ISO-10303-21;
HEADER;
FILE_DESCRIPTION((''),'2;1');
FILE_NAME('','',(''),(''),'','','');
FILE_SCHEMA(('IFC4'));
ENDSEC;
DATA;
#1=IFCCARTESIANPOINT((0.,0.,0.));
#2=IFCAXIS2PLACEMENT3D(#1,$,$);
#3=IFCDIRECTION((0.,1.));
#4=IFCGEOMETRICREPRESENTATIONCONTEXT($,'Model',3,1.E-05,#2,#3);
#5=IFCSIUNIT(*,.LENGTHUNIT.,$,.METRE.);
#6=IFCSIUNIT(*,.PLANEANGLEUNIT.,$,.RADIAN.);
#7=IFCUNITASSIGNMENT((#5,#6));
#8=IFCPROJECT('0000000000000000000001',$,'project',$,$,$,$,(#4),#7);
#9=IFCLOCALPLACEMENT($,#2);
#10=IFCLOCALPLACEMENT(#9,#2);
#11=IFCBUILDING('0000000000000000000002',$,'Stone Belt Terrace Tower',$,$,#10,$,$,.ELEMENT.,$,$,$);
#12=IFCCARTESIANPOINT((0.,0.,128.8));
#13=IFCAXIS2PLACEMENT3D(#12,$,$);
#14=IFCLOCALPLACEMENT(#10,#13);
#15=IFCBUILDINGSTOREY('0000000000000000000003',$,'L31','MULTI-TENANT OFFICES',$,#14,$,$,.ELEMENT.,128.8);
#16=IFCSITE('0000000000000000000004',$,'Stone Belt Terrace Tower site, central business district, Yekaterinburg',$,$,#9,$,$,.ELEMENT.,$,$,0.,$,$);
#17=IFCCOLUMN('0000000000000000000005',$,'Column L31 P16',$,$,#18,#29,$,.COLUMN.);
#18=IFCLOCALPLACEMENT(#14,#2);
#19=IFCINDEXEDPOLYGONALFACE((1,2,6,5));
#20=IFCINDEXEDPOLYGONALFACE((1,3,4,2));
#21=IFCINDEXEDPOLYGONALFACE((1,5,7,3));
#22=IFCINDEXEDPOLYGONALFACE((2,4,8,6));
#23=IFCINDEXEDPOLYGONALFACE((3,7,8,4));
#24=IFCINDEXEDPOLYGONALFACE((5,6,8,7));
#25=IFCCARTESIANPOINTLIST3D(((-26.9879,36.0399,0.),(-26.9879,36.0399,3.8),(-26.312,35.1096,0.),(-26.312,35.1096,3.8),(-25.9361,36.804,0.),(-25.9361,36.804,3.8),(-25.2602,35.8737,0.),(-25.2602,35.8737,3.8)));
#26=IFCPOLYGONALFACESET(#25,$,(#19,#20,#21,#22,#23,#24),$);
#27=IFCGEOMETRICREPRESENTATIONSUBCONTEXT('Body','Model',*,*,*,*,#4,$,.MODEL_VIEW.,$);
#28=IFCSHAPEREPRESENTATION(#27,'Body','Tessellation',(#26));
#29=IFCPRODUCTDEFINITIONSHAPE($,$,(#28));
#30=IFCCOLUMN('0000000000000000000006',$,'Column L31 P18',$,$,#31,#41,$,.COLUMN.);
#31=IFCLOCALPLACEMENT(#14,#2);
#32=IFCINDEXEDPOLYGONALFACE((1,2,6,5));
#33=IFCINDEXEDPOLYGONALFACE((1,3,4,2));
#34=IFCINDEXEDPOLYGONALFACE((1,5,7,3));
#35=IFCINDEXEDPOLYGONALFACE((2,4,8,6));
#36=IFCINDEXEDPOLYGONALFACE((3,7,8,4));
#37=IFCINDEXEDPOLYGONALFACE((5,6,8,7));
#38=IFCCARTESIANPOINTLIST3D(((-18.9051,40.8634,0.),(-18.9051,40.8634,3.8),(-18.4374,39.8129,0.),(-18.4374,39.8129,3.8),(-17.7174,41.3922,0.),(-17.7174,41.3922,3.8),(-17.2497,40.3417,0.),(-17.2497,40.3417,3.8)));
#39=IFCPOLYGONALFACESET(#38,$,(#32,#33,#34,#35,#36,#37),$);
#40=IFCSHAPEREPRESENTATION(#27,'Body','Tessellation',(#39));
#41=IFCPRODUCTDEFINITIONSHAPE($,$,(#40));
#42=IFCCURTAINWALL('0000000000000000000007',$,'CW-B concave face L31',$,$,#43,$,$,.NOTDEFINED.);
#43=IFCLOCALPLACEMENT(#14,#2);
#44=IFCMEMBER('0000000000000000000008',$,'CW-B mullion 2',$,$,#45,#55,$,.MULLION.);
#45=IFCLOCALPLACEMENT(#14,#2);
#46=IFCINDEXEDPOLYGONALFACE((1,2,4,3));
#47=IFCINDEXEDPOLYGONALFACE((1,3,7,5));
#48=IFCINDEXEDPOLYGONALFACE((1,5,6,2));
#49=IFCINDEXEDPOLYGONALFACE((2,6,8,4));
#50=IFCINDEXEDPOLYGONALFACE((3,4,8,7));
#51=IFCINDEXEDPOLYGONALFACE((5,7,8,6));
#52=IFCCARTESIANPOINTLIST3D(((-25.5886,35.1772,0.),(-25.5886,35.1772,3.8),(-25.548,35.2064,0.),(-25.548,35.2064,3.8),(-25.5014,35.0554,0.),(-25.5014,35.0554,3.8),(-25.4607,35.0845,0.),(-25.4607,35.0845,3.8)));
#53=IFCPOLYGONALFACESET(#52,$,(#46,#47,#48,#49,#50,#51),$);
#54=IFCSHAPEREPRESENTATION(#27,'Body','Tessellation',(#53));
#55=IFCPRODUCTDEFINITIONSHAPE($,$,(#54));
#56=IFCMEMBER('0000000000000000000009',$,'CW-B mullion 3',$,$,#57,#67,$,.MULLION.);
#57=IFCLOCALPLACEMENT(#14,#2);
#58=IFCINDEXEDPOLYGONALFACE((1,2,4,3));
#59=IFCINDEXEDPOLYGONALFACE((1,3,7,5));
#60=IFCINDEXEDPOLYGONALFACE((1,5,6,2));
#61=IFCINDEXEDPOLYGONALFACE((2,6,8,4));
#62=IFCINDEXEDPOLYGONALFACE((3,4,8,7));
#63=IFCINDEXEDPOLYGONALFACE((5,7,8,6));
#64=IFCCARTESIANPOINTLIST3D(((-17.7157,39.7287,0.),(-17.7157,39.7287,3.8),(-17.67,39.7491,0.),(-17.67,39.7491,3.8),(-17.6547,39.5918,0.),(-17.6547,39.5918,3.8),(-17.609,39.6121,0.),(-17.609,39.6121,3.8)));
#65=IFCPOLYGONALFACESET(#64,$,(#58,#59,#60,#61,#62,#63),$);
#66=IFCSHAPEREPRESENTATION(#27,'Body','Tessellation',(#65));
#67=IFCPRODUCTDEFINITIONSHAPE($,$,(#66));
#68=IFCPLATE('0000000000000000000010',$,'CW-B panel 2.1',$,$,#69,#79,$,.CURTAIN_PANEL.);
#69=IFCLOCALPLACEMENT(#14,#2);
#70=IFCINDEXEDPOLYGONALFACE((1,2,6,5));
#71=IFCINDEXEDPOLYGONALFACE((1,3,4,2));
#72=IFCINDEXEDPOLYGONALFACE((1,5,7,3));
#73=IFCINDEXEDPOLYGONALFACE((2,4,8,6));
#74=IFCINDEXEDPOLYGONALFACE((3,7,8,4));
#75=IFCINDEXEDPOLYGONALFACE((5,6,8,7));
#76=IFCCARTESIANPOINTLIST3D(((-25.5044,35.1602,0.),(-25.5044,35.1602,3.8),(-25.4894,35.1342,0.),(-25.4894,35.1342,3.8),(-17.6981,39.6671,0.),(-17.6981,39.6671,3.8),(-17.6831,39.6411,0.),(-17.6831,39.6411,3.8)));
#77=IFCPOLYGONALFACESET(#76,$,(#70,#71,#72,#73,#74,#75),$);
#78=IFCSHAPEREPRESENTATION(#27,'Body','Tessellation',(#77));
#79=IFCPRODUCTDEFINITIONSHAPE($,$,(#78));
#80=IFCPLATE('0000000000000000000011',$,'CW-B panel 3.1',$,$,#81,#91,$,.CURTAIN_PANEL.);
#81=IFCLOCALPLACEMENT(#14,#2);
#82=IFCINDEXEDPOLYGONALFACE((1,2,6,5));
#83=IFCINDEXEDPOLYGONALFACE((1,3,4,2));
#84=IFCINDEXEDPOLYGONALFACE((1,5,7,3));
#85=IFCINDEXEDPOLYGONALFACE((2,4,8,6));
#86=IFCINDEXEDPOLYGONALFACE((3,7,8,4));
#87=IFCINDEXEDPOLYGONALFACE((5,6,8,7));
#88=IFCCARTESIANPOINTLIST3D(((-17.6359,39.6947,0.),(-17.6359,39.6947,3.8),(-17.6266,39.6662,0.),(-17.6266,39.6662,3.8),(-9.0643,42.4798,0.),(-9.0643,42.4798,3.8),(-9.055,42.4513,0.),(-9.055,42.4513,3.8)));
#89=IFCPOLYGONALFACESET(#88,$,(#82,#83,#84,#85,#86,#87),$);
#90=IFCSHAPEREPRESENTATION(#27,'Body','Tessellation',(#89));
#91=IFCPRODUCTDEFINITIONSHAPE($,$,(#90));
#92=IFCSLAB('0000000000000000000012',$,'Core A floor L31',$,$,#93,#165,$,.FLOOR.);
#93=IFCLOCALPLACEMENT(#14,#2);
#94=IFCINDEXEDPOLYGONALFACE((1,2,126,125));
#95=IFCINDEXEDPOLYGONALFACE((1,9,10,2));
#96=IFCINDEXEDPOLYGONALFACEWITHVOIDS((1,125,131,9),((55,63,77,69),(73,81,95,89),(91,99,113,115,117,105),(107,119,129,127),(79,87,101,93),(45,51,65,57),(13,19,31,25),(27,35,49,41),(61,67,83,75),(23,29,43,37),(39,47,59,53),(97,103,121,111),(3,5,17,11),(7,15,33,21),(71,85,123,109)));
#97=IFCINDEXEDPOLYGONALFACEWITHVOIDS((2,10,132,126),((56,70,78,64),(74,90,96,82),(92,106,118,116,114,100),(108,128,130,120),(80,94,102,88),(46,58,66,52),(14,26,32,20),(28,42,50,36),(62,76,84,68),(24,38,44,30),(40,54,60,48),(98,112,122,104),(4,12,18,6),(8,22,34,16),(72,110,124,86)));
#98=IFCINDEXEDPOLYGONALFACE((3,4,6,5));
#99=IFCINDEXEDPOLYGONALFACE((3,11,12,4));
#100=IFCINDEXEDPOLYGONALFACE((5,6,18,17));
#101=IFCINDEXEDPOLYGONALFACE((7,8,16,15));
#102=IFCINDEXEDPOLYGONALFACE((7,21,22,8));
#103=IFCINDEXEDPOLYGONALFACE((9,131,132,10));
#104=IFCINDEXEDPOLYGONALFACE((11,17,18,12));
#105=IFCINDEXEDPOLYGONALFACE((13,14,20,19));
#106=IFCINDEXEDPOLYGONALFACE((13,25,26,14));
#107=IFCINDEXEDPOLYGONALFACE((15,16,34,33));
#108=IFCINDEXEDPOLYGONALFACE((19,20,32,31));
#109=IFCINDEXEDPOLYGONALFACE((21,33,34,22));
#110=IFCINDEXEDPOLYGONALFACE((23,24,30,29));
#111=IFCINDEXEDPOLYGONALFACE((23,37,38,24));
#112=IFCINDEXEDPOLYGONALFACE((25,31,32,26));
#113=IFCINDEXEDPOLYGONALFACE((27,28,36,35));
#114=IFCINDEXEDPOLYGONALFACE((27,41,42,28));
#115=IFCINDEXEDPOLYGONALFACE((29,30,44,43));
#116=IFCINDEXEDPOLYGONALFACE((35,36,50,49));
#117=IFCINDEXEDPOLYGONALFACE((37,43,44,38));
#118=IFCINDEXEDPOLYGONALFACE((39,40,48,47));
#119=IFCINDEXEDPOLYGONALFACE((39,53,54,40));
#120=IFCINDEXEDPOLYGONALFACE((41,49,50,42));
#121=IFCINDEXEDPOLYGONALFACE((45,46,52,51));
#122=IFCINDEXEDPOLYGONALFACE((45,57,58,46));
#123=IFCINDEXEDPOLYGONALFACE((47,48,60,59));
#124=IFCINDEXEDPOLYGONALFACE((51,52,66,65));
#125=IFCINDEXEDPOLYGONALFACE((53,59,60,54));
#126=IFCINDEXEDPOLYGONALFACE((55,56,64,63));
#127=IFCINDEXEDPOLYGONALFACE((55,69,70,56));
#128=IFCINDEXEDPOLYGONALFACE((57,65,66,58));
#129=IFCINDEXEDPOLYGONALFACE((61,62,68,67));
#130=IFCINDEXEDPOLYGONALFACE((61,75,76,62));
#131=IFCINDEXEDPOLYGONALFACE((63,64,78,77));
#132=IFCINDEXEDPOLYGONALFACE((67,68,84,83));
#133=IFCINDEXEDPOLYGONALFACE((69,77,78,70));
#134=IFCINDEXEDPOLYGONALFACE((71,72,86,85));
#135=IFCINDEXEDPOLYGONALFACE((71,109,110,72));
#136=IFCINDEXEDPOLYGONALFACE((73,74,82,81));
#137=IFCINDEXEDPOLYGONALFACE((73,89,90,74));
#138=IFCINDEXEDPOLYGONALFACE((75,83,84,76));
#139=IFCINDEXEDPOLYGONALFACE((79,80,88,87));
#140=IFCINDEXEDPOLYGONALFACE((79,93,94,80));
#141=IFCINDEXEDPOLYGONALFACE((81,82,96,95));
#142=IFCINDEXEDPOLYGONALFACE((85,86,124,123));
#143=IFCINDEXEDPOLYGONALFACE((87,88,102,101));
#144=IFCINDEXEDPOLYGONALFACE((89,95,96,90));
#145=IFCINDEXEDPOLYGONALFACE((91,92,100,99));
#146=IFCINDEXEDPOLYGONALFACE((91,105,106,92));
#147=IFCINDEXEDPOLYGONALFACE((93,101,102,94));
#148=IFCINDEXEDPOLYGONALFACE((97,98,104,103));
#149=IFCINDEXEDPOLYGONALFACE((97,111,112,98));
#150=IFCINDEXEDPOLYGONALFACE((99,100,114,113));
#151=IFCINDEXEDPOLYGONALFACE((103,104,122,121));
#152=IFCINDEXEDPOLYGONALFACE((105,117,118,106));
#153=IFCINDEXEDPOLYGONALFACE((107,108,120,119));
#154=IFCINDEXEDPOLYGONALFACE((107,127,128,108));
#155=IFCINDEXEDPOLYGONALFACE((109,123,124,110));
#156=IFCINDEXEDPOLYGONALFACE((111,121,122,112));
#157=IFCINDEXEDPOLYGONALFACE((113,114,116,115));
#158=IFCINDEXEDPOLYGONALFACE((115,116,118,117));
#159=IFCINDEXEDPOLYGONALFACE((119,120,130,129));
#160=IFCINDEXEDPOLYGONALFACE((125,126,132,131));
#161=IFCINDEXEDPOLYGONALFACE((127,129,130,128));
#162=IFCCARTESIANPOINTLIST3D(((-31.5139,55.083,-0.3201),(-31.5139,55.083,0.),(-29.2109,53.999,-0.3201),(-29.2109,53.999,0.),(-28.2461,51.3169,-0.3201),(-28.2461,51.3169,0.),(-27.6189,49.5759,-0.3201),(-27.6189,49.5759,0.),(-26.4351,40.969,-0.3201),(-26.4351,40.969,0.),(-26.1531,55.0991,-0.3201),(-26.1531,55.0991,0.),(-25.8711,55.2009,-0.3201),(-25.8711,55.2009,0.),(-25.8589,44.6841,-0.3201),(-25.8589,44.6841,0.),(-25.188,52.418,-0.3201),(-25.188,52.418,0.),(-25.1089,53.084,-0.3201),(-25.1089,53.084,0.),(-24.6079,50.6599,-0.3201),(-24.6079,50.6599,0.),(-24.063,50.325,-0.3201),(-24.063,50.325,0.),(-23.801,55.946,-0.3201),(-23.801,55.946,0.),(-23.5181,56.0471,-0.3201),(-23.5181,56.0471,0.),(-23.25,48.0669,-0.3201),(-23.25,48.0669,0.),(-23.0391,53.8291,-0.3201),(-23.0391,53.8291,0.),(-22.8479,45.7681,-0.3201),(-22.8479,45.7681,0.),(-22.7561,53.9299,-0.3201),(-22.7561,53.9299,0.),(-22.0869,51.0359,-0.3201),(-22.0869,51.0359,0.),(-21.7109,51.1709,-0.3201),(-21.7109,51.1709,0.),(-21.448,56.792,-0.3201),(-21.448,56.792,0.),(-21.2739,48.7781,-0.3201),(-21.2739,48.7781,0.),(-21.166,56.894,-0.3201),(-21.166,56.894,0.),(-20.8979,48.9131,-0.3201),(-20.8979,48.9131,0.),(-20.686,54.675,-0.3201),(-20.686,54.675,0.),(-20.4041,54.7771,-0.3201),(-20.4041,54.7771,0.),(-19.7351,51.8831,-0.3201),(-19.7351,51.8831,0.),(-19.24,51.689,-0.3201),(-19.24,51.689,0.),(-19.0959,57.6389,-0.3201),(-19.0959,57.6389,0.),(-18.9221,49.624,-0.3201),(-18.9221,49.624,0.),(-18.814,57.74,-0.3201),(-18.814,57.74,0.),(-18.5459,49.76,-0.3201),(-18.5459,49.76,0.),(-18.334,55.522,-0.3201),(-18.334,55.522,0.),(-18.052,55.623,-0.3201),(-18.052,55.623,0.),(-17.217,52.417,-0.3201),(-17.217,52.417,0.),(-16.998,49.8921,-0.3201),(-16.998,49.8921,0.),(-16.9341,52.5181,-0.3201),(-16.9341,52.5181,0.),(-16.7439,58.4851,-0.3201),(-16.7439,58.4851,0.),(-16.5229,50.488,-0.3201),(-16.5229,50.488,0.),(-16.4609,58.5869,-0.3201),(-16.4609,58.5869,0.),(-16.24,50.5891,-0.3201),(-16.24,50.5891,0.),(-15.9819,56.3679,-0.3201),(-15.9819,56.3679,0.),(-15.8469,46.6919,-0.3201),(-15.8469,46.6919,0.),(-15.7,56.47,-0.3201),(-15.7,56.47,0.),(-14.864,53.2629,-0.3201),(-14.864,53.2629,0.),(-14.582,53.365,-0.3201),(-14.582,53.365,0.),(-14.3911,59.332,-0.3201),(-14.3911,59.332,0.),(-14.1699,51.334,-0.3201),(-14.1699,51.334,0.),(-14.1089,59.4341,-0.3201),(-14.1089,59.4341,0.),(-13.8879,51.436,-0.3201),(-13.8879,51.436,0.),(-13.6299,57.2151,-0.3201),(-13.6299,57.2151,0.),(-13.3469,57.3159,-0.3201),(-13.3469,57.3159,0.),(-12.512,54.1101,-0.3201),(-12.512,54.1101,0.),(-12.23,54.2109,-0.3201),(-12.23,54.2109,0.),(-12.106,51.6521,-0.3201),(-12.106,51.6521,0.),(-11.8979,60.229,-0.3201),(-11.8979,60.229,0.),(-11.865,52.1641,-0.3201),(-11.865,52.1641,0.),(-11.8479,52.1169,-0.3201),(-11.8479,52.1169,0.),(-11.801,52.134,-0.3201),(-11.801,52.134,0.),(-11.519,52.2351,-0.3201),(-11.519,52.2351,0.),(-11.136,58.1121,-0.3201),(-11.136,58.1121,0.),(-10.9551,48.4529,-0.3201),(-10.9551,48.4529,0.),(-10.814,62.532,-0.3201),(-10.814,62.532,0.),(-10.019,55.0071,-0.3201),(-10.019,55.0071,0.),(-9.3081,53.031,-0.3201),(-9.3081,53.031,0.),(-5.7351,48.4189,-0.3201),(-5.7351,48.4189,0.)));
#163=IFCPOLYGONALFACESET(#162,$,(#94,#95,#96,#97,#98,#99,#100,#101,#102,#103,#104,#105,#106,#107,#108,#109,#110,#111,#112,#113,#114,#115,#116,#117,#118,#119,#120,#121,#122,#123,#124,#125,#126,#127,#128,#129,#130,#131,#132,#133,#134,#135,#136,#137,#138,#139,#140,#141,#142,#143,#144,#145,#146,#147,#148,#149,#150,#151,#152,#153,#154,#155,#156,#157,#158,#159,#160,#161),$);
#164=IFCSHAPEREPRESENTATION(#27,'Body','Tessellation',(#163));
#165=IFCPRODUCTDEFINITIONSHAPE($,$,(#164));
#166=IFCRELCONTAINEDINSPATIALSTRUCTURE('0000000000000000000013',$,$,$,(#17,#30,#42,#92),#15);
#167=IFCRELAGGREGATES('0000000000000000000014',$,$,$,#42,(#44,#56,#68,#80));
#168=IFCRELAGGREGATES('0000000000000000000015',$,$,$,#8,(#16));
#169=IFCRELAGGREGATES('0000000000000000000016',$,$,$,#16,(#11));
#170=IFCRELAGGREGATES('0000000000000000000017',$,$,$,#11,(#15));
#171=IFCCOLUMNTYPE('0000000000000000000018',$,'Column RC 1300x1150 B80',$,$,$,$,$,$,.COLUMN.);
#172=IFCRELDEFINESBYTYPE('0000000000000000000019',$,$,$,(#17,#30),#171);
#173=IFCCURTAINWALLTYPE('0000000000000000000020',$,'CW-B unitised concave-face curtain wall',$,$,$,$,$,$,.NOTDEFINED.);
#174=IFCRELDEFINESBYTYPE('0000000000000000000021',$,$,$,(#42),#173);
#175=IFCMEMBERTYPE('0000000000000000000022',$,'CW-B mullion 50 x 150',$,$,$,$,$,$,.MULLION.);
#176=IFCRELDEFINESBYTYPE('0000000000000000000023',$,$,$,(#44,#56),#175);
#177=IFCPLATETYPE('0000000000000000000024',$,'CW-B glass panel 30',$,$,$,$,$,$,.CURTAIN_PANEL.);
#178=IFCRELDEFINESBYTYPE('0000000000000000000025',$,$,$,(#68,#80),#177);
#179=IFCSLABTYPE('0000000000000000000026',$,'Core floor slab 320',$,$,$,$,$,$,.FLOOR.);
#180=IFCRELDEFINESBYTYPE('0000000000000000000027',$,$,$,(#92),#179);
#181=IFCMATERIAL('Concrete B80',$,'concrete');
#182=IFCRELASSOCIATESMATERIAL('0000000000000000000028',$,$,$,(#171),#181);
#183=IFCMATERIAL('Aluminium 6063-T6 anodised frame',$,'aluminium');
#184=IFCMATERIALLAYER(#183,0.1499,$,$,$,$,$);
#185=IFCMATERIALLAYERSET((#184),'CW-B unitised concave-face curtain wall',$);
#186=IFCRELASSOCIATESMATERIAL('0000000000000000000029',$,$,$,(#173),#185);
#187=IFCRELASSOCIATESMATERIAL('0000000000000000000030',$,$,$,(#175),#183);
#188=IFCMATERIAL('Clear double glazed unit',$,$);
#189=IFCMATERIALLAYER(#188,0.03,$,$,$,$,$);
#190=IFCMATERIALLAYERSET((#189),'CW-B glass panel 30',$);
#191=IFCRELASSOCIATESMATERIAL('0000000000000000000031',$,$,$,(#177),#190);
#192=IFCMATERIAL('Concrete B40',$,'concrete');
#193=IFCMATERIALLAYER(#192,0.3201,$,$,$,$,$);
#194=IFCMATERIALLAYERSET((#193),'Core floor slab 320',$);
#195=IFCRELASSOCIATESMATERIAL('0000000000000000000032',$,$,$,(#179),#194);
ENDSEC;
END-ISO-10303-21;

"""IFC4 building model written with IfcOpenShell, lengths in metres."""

from ifc_helpers import new_model, si_unit, direction, frame, origin, origin_2d, place, context, subcontext, project, spatial, polyline, rectangle, outline, extrude, material, layer, layer_set, material_profile, profile_set, type_object, element, aggregate, save


model = new_model("IFC4")

# Units and contexts
model_context = context("Model", 3, precision=1e-05, world=origin(), true_north=direction((0.0, 1.0)))
body_context = subcontext(model_context, "Body", "Model", "MODEL_VIEW")
ifc_project = project(units=[si_unit("LENGTHUNIT", "METRE"), si_unit("PLANEANGLEUNIT", "RADIAN")], contexts=[model_context])

# Site, building, storey
site_placement = place(None, origin())
site = spatial("IfcSite", under=ifc_project, at=site_placement, Name="Stone Belt Terrace Tower site, central business district, Yekaterinburg", CompositionType="ELEMENT", RefElevation=0.0)
building_placement = place(site_placement, origin())
building = spatial("IfcBuilding", under=site, at=building_placement, Name="Stone Belt Terrace Tower", CompositionType="ELEMENT")
storey_placement = place(building_placement, frame((0.0, 0.0, 128.8)))
storey = spatial("IfcBuildingStorey", under=building, at=storey_placement, Name="L31", Description="MULTI-TENANT OFFICES", CompositionType="ELEMENT", Elevation=128.8)

# Columns
ifc_material_1 = material(Name="Concrete B80", Category="concrete")
ifc_material_profile_1 = material_profile(ifc_material_1, rectangle(XDim=1.3, YDim=1.1499, at=origin_2d()), Name="RC 1300x1150")
ifc_profile_set_1 = profile_set([ifc_material_profile_1], Name="Concrete B80")
column_type = type_object("IfcColumnType", Name="Column RC 1300x1150 B80", PredefinedType="COLUMN", material=ifc_profile_set_1)
for number, where, z_axis, x_axis, name in (
    (1, (-26.124, 35.9568, 0.0), (0.0, 0.0, 1.0), (0.809017, 0.587785, 0.0), "Column L31 P16"),
    (2, (-18.0774, 40.6025, 0.0), (0.0, 0.0, 1.0), (0.913545, 0.406737, 0.0), "Column L31 P18"),
):
    element("IfcColumn", number, at=place(storey_placement, frame(where, z_axis=z_axis, x_axis=x_axis)), inside=storey, type_object=column_type, Name=name, PredefinedType="COLUMN", context=body_context, shape_type="SweptSolid", body=[
        extrude(rectangle(XDim=1.3, YDim=1.1499, at=origin_2d()), origin(), (0.0, 0.0, 1.0), 3.8),
    ])

# Curtain wall, members, plates
ifc_material_2 = material(Name="Aluminium 6063-T6 anodised frame", Category="aluminium")
ifc_layer_1 = layer(ifc_material_2, 0.1499)
ifc_layer_set_1 = layer_set([ifc_layer_1], Name="CW-B unitised concave-face curtain wall")
curtain_wall_type = type_object("IfcCurtainWallType", Name="CW-B unitised concave-face curtain wall", PredefinedType="NOTDEFINED", material=ifc_layer_set_1)
curtain_wall_placement = place(storey_placement, origin())
curtain_wall = element("IfcCurtainWall", 3, at=curtain_wall_placement, inside=storey, type_object=curtain_wall_type, Name="CW-B concave face L31", PredefinedType="NOTDEFINED")
ifc_material_profile_2 = material_profile(ifc_material_2, rectangle(XDim=0.1499, YDim=0.05, at=origin_2d()), Name="Aluminium 6063-T6 50x150")
ifc_profile_set_2 = profile_set([ifc_material_profile_2], Name="Aluminium 6063-T6 anodised frame")
member_type = type_object("IfcMemberType", Name="CW-B mullion 50 x 150", PredefinedType="MULLION", material=ifc_profile_set_2)
member_1_placement = place(storey_placement, frame((-25.5247, 35.1309, 0.0), z_axis=(0.0, 0.0, 1.0), x_axis=(-0.582342, 0.812944, 0.0)))
member_1 = element("IfcMember", 4, at=member_1_placement, type_object=member_type, Name="CW-B mullion 2", PredefinedType="MULLION", context=body_context, shape_type="SweptSolid", body=[
    extrude(rectangle(XDim=0.1499, YDim=0.05, at=origin_2d()), origin(), (0.0, 0.0, 1.0), 3.8),
])
member_2_placement = place(storey_placement, frame((-17.6624, 39.6704, 0.0), z_axis=(0.0, 0.0, 1.0), x_axis=(-0.406737, 0.913545, 0.0)))
member_2 = element("IfcMember", 5, at=member_2_placement, type_object=member_type, Name="CW-B mullion 3", PredefinedType="MULLION", context=body_context, shape_type="SweptSolid", body=[
    extrude(rectangle(XDim=0.1499, YDim=0.05, at=origin_2d()), origin(), (0.0, 0.0, 1.0), 3.8),
])
ifc_material_3 = material(Name="Clear double glazed unit")
ifc_layer_2 = layer(ifc_material_3, 0.03)
ifc_layer_set_2 = layer_set([ifc_layer_2], Name="CW-B glass panel 30")
plate_type = type_object("IfcPlateType", Name="CW-B glass panel 30", PredefinedType="CURTAIN_PANEL", material=ifc_layer_set_2)
plate_1_placement = place(storey_placement, frame((-21.5938, 37.4006, 0.0), z_axis=(0.0, 0.0, 1.0), x_axis=(0.866025, 0.5, 0.0)))
plate_1 = element("IfcPlate", 6, at=plate_1_placement, type_object=plate_type, Name="CW-B panel 2.1", PredefinedType="CURTAIN_PANEL", context=body_context, shape_type="SweptSolid", body=[
    extrude(rectangle(XDim=9.0139, YDim=0.03, at=origin_2d()), origin(), (0.0, 0.0, 1.0), 3.8),
])
plate_2_placement = place(storey_placement, frame((-13.3455, 41.073, 0.0), z_axis=(0.0, 0.0, 1.0), x_axis=(0.951057, 0.309017, 0.0)))
plate_2 = element("IfcPlate", 7, at=plate_2_placement, type_object=plate_type, Name="CW-B panel 3.1", PredefinedType="CURTAIN_PANEL", context=body_context, shape_type="SweptSolid", body=[
    extrude(rectangle(XDim=9.0127, YDim=0.03, at=origin_2d()), origin(), (0.0, 0.0, 1.0), 3.8),
])
aggregate(curtain_wall, [member_1, member_2, plate_1, plate_2])

# Slab
ifc_material_4 = material(Name="Concrete B40", Category="concrete")
ifc_layer_3 = layer(ifc_material_4, 0.3201)
ifc_layer_set_3 = layer_set([ifc_layer_3], Name="Core floor slab 320")
slab_type_1 = type_object("IfcSlabType", Name="Core floor slab 320", PredefinedType="FLOOR", material=ifc_layer_set_3)
slab_1_placement = place(storey_placement, frame((0.0, 0.0, -0.3201)))
element("IfcSlab", 8, at=slab_1_placement, inside=storey, type_object=slab_type_1, Name="Core A floor L31", PredefinedType="FLOOR", context=body_context, shape_type="SweptSolid", body=[
    extrude(outline(polyline([(-26.4351, 40.969), (-5.7351, 48.4189), (-10.814, 62.532), (-31.5139, 55.083), (-26.4351, 40.969)]), holes=[polyline([(-24.6079, 50.6599), (-22.8479, 45.7681), (-25.8589, 44.6841), (-27.6189, 49.5759), (-24.6079, 50.6599)]), polyline([(-21.2739, 48.7781), (-23.25, 48.0669), (-24.063, 50.325), (-22.0869, 51.0359), (-21.2739, 48.7781)]), polyline([(-18.9221, 49.624), (-20.8979, 48.9131), (-21.7109, 51.1709), (-19.7351, 51.8831), (-18.9221, 49.624)]), polyline([(-19.24, 51.689), (-17.217, 52.417), (-16.5229, 50.488), (-18.5459, 49.76), (-19.24, 51.689)]), polyline([(-29.2109, 53.999), (-26.1531, 55.0991), (-25.188, 52.418), (-28.2461, 51.3169), (-29.2109, 53.999)]), polyline([(-23.801, 55.946), (-23.0391, 53.8291), (-25.1089, 53.084), (-25.8711, 55.2009), (-23.801, 55.946)]), polyline([(-21.448, 56.792), (-20.686, 54.675), (-22.7561, 53.9299), (-23.5181, 56.0471), (-21.448, 56.792)]), polyline([(-19.0959, 57.6389), (-18.334, 55.522), (-20.4041, 54.7771), (-21.166, 56.894), (-19.0959, 57.6389)]), polyline([(-15.8469, 46.6919), (-16.998, 49.8921), (-12.106, 51.6521), (-10.9551, 48.4529), (-15.8469, 46.6919)]), polyline([(-16.24, 50.5891), (-16.9341, 52.5181), (-14.864, 53.2629), (-14.1699, 51.334), (-16.24, 50.5891)]), polyline([(-11.801, 52.134), (-11.8479, 52.1169), (-11.865, 52.1641), (-13.8879, 51.436), (-14.582, 53.365), (-12.512, 54.1101), (-11.801, 52.134)]), polyline([(-9.3081, 53.031), (-11.519, 52.2351), (-12.23, 54.2109), (-10.019, 55.0071), (-9.3081, 53.031)]), polyline([(-16.7439, 58.4851), (-15.9819, 56.3679), (-18.052, 55.623), (-18.814, 57.74), (-16.7439, 58.4851)]), polyline([(-14.3911, 59.332), (-13.6299, 57.2151), (-15.7, 56.47), (-16.4609, 58.5869), (-14.3911, 59.332)]), polyline([(-11.8979, 60.229), (-11.136, 58.1121), (-13.3469, 57.3159), (-14.1089, 59.4341), (-11.8979, 60.229)])]), origin(), (0.0, 0.0, 1.0), 0.3201),
])

save(model, "model.ifc")
